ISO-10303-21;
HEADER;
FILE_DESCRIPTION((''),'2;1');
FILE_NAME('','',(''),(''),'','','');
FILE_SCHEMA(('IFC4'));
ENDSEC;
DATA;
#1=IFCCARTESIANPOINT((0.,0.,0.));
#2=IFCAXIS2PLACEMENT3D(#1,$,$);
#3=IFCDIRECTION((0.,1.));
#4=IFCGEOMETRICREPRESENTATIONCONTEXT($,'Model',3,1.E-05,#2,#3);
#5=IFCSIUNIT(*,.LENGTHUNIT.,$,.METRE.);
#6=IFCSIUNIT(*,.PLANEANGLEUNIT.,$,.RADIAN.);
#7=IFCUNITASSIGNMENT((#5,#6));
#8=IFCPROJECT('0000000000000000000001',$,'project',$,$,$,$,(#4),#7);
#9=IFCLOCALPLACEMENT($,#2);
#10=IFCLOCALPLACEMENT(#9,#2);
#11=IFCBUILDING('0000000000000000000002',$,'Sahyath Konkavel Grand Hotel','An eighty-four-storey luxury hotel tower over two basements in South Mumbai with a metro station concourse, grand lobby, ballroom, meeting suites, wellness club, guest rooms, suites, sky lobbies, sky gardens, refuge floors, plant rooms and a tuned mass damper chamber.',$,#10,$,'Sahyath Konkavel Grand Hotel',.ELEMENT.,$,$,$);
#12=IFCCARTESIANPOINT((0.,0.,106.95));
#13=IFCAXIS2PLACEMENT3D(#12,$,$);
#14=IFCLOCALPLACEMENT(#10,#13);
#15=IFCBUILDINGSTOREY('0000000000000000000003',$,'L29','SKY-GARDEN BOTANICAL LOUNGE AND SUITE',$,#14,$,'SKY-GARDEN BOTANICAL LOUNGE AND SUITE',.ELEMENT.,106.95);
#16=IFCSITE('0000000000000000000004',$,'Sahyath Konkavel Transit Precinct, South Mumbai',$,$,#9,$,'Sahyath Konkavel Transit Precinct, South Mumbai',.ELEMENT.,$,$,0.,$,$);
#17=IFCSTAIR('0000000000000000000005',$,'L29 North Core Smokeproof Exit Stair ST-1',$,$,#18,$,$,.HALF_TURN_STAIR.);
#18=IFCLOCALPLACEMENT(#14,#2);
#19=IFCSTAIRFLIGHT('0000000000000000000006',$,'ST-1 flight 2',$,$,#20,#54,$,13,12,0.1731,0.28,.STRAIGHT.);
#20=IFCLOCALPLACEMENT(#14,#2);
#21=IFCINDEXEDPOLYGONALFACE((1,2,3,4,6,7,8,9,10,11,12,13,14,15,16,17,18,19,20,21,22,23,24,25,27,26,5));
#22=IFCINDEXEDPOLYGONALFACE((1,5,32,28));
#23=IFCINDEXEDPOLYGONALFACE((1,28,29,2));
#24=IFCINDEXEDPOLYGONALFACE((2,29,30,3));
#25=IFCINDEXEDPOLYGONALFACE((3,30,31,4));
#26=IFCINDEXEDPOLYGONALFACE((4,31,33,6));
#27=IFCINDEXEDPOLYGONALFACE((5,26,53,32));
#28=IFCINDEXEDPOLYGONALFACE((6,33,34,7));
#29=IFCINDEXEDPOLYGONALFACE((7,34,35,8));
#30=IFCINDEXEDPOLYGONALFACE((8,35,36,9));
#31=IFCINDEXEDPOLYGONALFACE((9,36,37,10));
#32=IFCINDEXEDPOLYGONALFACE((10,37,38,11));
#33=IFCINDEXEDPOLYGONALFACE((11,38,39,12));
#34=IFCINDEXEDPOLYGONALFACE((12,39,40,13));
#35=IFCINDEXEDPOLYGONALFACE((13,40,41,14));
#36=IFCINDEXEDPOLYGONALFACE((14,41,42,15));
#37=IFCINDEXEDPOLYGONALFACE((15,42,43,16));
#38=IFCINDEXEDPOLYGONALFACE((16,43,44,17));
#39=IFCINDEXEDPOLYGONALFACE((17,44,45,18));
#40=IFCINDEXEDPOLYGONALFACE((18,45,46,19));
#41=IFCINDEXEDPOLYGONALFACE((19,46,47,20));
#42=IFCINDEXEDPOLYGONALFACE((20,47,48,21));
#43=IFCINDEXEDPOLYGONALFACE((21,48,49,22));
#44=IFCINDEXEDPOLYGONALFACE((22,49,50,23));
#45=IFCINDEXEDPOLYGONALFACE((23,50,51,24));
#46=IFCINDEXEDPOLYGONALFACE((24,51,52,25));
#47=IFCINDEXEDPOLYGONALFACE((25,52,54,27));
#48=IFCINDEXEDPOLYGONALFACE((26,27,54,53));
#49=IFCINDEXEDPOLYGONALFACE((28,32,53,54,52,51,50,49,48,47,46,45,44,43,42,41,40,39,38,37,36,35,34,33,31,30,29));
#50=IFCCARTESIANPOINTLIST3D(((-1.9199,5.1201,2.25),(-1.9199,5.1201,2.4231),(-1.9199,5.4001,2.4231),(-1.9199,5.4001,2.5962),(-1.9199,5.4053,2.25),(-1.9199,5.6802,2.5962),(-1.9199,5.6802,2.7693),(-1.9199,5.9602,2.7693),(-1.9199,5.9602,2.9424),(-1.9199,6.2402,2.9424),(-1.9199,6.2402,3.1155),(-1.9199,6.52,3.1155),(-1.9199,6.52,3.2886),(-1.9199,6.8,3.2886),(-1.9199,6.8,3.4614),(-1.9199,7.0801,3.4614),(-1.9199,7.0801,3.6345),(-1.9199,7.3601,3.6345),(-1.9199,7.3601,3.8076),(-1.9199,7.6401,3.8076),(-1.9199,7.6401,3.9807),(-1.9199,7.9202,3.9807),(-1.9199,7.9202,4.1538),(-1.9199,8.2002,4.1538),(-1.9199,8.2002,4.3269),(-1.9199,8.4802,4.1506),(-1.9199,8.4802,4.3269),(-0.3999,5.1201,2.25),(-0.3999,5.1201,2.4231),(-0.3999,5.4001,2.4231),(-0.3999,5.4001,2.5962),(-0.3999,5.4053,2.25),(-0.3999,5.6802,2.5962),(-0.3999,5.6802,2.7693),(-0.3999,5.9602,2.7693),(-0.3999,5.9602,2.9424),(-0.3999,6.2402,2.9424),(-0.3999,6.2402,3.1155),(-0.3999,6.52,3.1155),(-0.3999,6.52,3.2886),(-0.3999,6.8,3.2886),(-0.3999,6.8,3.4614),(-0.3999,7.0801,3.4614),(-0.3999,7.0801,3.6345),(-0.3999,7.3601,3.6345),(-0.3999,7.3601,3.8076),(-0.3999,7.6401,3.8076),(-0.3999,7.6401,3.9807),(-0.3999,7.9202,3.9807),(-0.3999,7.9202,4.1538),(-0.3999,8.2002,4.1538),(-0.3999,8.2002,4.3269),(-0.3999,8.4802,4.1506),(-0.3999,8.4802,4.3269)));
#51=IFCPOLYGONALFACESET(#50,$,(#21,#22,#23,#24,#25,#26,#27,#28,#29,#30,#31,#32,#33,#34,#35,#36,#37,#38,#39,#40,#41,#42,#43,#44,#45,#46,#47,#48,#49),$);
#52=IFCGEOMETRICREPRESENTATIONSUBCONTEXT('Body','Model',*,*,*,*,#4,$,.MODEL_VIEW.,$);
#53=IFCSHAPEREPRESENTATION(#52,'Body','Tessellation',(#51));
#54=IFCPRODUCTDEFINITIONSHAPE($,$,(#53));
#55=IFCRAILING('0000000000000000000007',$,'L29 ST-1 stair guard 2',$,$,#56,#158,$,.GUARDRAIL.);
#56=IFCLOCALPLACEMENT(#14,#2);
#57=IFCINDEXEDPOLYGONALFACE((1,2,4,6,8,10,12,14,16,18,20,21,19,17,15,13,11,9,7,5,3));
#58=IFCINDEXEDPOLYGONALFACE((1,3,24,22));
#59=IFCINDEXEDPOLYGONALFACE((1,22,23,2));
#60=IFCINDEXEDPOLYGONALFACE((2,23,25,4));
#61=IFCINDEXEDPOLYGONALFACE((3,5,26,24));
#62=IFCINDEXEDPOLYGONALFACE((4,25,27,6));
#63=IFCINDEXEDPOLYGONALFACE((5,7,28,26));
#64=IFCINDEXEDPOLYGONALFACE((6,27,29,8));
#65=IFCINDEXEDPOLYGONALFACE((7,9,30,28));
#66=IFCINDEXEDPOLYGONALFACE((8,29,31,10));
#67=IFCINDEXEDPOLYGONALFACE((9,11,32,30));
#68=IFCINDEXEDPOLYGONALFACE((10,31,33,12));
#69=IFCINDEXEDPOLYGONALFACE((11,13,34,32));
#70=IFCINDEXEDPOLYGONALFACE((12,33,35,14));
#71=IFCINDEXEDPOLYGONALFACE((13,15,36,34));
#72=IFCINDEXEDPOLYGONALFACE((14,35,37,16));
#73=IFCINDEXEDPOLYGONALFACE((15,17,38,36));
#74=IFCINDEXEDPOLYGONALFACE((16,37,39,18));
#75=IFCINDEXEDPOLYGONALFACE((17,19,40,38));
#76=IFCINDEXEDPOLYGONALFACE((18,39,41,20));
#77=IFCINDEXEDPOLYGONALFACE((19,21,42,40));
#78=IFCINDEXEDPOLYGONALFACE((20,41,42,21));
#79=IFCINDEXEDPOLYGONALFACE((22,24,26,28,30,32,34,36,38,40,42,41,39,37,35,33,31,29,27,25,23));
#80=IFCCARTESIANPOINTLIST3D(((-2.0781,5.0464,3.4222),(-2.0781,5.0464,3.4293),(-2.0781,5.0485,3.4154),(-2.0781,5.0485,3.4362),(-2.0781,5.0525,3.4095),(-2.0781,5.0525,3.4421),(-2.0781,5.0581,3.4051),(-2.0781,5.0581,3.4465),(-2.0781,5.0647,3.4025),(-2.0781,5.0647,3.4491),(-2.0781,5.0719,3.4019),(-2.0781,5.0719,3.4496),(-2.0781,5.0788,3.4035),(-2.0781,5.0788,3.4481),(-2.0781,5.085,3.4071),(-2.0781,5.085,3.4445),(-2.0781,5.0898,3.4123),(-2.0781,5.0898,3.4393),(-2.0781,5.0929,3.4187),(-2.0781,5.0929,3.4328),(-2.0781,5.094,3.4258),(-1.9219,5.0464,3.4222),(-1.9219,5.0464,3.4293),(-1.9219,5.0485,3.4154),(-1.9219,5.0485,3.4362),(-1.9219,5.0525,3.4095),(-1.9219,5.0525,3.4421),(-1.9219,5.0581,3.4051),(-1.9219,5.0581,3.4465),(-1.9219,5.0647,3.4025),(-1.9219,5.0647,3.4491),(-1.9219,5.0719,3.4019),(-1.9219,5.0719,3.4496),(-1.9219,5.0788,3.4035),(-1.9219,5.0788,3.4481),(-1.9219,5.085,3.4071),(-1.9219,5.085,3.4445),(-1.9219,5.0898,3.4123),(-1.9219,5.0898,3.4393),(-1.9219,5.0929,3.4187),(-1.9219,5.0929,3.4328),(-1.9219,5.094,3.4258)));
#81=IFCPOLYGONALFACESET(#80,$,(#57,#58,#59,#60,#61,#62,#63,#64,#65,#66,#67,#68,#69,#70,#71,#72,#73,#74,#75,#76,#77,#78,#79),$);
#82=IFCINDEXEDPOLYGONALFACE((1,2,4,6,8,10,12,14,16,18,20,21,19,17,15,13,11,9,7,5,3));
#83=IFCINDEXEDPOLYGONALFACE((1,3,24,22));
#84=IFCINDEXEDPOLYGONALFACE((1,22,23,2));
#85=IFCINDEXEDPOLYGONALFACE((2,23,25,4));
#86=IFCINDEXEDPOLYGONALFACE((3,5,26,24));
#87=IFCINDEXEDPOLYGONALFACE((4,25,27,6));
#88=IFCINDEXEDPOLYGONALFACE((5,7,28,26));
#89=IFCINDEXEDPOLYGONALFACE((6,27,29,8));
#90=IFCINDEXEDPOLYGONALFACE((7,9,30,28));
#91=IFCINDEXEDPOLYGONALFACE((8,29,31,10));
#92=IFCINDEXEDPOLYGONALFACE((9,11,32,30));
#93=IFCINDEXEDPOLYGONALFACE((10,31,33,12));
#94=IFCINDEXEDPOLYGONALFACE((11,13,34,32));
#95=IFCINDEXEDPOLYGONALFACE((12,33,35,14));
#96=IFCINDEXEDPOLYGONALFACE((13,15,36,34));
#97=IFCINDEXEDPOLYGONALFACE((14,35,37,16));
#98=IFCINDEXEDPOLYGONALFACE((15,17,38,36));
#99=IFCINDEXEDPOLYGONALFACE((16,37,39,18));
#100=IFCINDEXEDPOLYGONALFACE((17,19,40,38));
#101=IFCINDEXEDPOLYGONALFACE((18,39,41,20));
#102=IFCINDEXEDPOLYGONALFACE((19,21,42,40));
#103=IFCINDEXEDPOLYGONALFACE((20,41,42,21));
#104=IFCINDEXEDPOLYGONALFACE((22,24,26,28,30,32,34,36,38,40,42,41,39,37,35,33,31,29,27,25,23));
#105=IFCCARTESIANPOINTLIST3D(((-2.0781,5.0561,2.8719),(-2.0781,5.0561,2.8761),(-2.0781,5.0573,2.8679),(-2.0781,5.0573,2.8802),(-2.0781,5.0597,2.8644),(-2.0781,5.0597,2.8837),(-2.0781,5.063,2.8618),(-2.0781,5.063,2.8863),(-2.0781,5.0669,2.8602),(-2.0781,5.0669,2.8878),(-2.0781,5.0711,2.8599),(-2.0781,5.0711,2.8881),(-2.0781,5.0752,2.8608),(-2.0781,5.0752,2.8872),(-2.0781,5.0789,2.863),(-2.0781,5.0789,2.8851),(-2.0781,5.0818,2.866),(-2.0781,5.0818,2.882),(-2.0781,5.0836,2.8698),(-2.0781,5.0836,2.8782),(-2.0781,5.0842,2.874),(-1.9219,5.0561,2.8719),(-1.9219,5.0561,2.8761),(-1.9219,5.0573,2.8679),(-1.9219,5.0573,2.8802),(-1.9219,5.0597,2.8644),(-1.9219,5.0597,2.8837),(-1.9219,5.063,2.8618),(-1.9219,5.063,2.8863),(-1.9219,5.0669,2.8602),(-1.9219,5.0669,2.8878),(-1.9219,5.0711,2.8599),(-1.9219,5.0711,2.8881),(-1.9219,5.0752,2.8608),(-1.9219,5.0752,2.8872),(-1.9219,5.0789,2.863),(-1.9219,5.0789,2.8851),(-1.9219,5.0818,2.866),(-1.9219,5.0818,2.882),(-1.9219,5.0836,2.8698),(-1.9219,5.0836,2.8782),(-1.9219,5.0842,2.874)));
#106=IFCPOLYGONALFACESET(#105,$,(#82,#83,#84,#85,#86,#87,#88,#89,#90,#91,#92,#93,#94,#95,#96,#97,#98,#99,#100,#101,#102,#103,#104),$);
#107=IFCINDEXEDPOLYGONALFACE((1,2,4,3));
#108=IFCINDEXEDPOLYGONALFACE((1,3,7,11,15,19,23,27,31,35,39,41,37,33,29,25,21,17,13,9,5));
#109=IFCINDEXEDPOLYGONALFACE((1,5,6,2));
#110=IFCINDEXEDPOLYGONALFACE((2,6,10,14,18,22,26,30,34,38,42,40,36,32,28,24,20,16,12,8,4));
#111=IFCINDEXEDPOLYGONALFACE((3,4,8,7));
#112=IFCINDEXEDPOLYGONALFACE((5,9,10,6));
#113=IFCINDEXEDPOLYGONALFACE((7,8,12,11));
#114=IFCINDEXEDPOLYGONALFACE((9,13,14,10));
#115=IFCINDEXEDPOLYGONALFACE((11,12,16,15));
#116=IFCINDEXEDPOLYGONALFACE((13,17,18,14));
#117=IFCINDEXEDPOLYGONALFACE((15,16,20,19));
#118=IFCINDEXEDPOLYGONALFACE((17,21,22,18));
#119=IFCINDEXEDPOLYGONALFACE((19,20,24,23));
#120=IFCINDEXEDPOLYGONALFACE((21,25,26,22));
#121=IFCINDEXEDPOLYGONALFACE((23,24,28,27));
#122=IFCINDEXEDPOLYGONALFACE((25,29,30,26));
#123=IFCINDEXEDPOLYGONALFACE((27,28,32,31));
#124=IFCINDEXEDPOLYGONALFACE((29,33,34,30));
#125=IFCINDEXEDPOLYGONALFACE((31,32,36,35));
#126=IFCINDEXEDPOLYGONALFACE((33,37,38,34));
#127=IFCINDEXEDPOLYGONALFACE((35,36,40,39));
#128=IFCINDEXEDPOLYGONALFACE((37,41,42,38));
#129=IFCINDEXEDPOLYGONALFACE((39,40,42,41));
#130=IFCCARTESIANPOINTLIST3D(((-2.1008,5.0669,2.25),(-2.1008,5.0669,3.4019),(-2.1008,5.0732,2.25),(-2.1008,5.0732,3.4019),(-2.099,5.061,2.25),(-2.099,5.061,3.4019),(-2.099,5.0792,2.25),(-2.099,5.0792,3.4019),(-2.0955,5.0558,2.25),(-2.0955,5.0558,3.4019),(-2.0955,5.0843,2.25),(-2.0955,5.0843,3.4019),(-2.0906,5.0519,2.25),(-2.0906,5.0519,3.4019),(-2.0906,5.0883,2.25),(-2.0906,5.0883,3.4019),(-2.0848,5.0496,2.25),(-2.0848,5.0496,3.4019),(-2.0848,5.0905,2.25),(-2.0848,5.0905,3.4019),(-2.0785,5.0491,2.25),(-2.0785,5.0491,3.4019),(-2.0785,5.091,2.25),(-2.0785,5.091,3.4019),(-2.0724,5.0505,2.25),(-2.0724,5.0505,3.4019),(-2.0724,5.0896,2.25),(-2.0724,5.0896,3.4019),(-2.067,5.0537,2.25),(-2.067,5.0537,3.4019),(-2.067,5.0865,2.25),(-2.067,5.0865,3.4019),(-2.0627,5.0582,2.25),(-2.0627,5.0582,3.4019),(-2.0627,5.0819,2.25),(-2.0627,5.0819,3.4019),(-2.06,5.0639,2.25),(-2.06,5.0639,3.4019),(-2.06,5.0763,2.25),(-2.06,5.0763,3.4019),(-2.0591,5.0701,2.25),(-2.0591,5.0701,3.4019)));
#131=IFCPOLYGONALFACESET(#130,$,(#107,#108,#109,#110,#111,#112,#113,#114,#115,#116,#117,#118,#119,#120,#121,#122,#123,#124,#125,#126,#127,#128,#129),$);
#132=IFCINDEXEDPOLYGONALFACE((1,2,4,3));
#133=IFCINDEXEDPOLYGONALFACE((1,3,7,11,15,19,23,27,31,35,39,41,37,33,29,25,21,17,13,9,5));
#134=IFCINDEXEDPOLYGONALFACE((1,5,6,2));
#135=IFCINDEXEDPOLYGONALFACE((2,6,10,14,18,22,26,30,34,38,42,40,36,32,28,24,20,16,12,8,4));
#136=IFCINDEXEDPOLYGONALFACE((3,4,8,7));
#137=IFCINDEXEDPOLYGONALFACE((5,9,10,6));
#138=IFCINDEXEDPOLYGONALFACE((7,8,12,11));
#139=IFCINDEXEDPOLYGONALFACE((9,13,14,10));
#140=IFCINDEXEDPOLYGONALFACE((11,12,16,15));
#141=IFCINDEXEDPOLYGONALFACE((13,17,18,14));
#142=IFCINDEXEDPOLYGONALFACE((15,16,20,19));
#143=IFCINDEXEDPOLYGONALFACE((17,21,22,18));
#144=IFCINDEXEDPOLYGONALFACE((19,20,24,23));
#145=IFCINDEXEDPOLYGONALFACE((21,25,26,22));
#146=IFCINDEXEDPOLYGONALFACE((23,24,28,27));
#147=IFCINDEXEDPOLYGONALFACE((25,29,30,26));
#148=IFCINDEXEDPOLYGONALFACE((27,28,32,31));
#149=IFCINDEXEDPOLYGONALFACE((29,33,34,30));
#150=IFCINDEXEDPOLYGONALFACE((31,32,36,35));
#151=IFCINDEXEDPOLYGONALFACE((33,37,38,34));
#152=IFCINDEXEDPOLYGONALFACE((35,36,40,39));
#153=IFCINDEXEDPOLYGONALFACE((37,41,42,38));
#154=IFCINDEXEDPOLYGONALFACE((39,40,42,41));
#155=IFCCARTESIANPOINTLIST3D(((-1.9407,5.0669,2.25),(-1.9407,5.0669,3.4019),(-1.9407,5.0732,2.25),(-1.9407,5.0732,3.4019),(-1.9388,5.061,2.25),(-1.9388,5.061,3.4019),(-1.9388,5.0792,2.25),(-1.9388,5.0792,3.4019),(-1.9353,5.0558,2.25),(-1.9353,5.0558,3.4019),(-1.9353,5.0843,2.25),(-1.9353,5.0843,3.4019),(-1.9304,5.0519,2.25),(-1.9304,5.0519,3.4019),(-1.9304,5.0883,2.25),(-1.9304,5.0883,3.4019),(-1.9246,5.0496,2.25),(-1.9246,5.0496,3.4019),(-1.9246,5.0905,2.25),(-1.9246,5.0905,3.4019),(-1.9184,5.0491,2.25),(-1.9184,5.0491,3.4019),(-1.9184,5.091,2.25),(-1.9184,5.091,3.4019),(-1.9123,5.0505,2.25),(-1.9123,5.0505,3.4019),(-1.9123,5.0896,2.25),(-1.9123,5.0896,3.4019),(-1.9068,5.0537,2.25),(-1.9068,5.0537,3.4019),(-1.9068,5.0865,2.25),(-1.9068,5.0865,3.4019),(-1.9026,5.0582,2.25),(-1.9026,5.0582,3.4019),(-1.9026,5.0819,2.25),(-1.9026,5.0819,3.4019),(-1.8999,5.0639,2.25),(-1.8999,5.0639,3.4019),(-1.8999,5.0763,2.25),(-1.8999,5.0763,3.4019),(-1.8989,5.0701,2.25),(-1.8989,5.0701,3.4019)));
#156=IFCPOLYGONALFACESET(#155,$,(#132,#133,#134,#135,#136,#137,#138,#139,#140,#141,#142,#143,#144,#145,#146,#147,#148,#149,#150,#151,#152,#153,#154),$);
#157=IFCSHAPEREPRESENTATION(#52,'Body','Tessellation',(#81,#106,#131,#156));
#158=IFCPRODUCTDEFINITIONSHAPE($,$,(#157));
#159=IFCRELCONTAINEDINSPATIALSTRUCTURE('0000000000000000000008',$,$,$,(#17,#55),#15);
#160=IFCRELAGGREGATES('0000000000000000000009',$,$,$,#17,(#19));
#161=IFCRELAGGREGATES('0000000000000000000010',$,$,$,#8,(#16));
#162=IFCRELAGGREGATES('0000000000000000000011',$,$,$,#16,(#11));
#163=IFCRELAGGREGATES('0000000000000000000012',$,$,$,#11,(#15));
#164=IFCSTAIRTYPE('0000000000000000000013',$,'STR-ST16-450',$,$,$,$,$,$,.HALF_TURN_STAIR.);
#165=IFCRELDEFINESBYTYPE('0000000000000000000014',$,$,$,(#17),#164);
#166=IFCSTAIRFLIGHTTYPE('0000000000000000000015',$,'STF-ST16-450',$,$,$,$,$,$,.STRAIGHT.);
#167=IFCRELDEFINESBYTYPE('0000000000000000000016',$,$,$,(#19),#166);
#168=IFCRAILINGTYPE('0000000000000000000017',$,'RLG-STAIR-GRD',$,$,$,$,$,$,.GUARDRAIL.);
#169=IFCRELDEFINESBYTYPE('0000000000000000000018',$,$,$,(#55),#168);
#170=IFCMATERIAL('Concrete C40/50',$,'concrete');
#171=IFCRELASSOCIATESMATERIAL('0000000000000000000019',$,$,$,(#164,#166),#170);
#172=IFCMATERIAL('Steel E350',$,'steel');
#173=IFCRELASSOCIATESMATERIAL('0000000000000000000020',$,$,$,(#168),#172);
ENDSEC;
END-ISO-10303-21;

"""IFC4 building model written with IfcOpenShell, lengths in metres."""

from ifc_helpers import new_model, si_unit, direction, frame, origin, origin_2d, place, context, subcontext, project, spatial, polyline, circle, outline, extrude, material, type_object, element, aggregate, save


model = new_model("IFC4")

# Units and contexts
model_context = context("Model", 3, precision=1e-05, world=origin(), true_north=direction((0.0, 1.0)))
body_context = subcontext(model_context, "Body", "Model", "MODEL_VIEW")
ifc_project = project(units=[si_unit("LENGTHUNIT", "METRE"), si_unit("PLANEANGLEUNIT", "RADIAN")], contexts=[model_context])

# Site, building, storey
site_placement = place(None, origin())
site = spatial("IfcSite", under=ifc_project, at=site_placement, Name="Sahyath Konkavel Transit Precinct, South Mumbai", LongName="Sahyath Konkavel Transit Precinct, South Mumbai", CompositionType="ELEMENT", RefElevation=0.0)
building_placement = place(site_placement, origin())
building = spatial("IfcBuilding", under=site, at=building_placement, Name="Sahyath Konkavel Grand Hotel", Description="An eighty-four-storey luxury hotel tower over two basements in South Mumbai with a metro station concourse, grand lobby, ballroom, meeting suites, wellness club, guest rooms, suites, sky lobbies, sky gardens, refuge floors, plant rooms and a tuned mass damper chamber.", LongName="Sahyath Konkavel Grand Hotel", CompositionType="ELEMENT")
storey_placement = place(building_placement, frame((0.0, 0.0, 106.95)))
storey = spatial("IfcBuildingStorey", under=building, at=storey_placement, Name="L29", Description="SKY-GARDEN BOTANICAL LOUNGE AND SUITE", LongName="SKY-GARDEN BOTANICAL LOUNGE AND SUITE", CompositionType="ELEMENT", Elevation=106.95)

# Shared definitions
ifc_material_1 = material(Name="Steel E350", Category="steel")

# Shared definitions
ifc_material_2 = material(Name="Concrete C40/50", Category="concrete")

# Stair, stair flight
stair_type = type_object("IfcStairType", Name="STR-ST16-450", PredefinedType="HALF_TURN_STAIR", material=ifc_material_2)
stair_placement = place(storey_placement, origin())
stair = element("IfcStair", 1, at=stair_placement, inside=storey, type_object=stair_type, Name="L29 North Core Smokeproof Exit Stair ST-1", PredefinedType="HALF_TURN_STAIR")
stair_flight_type = type_object("IfcStairFlightType", Name="STF-ST16-450", PredefinedType="STRAIGHT", material=ifc_material_2)
stair_flight_placement = place(storey_placement, frame((-1.1599, 5.1201, 2.25), z_axis=(0.0, 0.0, 1.0), x_axis=(0.0, 1.0, 0.0)))
stair_flight = element("IfcStairFlight", 2, at=stair_flight_placement, type_object=stair_flight_type, Name="ST-1 flight 2", NumberOfRisers=13, NumberOfTreads=12, PredefinedType="STRAIGHT", RiserHeight=0.1731, TreadLength=0.28, context=body_context, shape_type="SweptSolid", body=[
    extrude(outline(polyline([(0.0, 0.0), (0.0, 0.1731), (0.28, 0.1731), (0.28, 0.3462), (0.5601, 0.3462), (0.5601, 0.5193), (0.8401, 0.5193), (0.8401, 0.6924), (1.1201, 0.6924), (1.1201, 0.8655), (1.3999, 0.8655), (1.3999, 1.0386), (1.6799, 1.0386), (1.6799, 1.2114), (1.96, 1.2114), (1.96, 1.3845), (2.24, 1.3845), (2.24, 1.5576), (2.52, 1.5576), (2.52, 1.7307), (2.8, 1.7307), (2.8, 1.9038), (3.0801, 1.9038), (3.0801, 2.0769), (3.3601, 2.0769), (3.3601, 2.25), (3.3601, 1.9006), (0.2852, 0.0), (0.0, 0.0)])), frame((0.0, 0.76, 0.0), z_axis=(0.0, -1.0, 0.0), x_axis=(1.0, 0.0, 0.0)), (0.0, 0.0, 1.0), 1.52),
])
aggregate(stair, [stair_flight])

# Railing
railing_type_1 = type_object("IfcRailingType", Name="RLG-STAIR-GRD", PredefinedType="GUARDRAIL", material=ifc_material_1)
railing_1_placement = place(storey_placement, frame((-2.0801, 5.0701, 2.25)))
element("IfcRailing", 3, at=railing_1_placement, inside=storey, type_object=railing_type_1, Name="L29 ST-1 stair guard 2", PredefinedType="GUARDRAIL", context=body_context, shape_type="SweptSolid", body=[
    extrude(circle(Radius=0.0239, at=origin_2d()), frame((0.002, 0.0, 1.1758), z_axis=(1.0, 0.0, 0.0), x_axis=(0.0, 1.0, 0.0)), (0.0, 0.0, 1.0), 0.1562),
    extrude(circle(Radius=0.0142, at=origin_2d()), frame((0.002, 0.0, 0.624), z_axis=(1.0, 0.0, 0.0), x_axis=(0.0, 1.0, 0.0)), (0.0, 0.0, 1.0), 0.1562),
    extrude(circle(Radius=0.021, at=origin_2d()), origin(), (0.0, 0.0, 1.0), 1.1519),
    extrude(circle(Radius=0.021, at=origin_2d()), frame((0.1602, 0.0, 0.0)), (0.0, 0.0, 1.0), 1.1519),
])

save(model, "model.ifc")
